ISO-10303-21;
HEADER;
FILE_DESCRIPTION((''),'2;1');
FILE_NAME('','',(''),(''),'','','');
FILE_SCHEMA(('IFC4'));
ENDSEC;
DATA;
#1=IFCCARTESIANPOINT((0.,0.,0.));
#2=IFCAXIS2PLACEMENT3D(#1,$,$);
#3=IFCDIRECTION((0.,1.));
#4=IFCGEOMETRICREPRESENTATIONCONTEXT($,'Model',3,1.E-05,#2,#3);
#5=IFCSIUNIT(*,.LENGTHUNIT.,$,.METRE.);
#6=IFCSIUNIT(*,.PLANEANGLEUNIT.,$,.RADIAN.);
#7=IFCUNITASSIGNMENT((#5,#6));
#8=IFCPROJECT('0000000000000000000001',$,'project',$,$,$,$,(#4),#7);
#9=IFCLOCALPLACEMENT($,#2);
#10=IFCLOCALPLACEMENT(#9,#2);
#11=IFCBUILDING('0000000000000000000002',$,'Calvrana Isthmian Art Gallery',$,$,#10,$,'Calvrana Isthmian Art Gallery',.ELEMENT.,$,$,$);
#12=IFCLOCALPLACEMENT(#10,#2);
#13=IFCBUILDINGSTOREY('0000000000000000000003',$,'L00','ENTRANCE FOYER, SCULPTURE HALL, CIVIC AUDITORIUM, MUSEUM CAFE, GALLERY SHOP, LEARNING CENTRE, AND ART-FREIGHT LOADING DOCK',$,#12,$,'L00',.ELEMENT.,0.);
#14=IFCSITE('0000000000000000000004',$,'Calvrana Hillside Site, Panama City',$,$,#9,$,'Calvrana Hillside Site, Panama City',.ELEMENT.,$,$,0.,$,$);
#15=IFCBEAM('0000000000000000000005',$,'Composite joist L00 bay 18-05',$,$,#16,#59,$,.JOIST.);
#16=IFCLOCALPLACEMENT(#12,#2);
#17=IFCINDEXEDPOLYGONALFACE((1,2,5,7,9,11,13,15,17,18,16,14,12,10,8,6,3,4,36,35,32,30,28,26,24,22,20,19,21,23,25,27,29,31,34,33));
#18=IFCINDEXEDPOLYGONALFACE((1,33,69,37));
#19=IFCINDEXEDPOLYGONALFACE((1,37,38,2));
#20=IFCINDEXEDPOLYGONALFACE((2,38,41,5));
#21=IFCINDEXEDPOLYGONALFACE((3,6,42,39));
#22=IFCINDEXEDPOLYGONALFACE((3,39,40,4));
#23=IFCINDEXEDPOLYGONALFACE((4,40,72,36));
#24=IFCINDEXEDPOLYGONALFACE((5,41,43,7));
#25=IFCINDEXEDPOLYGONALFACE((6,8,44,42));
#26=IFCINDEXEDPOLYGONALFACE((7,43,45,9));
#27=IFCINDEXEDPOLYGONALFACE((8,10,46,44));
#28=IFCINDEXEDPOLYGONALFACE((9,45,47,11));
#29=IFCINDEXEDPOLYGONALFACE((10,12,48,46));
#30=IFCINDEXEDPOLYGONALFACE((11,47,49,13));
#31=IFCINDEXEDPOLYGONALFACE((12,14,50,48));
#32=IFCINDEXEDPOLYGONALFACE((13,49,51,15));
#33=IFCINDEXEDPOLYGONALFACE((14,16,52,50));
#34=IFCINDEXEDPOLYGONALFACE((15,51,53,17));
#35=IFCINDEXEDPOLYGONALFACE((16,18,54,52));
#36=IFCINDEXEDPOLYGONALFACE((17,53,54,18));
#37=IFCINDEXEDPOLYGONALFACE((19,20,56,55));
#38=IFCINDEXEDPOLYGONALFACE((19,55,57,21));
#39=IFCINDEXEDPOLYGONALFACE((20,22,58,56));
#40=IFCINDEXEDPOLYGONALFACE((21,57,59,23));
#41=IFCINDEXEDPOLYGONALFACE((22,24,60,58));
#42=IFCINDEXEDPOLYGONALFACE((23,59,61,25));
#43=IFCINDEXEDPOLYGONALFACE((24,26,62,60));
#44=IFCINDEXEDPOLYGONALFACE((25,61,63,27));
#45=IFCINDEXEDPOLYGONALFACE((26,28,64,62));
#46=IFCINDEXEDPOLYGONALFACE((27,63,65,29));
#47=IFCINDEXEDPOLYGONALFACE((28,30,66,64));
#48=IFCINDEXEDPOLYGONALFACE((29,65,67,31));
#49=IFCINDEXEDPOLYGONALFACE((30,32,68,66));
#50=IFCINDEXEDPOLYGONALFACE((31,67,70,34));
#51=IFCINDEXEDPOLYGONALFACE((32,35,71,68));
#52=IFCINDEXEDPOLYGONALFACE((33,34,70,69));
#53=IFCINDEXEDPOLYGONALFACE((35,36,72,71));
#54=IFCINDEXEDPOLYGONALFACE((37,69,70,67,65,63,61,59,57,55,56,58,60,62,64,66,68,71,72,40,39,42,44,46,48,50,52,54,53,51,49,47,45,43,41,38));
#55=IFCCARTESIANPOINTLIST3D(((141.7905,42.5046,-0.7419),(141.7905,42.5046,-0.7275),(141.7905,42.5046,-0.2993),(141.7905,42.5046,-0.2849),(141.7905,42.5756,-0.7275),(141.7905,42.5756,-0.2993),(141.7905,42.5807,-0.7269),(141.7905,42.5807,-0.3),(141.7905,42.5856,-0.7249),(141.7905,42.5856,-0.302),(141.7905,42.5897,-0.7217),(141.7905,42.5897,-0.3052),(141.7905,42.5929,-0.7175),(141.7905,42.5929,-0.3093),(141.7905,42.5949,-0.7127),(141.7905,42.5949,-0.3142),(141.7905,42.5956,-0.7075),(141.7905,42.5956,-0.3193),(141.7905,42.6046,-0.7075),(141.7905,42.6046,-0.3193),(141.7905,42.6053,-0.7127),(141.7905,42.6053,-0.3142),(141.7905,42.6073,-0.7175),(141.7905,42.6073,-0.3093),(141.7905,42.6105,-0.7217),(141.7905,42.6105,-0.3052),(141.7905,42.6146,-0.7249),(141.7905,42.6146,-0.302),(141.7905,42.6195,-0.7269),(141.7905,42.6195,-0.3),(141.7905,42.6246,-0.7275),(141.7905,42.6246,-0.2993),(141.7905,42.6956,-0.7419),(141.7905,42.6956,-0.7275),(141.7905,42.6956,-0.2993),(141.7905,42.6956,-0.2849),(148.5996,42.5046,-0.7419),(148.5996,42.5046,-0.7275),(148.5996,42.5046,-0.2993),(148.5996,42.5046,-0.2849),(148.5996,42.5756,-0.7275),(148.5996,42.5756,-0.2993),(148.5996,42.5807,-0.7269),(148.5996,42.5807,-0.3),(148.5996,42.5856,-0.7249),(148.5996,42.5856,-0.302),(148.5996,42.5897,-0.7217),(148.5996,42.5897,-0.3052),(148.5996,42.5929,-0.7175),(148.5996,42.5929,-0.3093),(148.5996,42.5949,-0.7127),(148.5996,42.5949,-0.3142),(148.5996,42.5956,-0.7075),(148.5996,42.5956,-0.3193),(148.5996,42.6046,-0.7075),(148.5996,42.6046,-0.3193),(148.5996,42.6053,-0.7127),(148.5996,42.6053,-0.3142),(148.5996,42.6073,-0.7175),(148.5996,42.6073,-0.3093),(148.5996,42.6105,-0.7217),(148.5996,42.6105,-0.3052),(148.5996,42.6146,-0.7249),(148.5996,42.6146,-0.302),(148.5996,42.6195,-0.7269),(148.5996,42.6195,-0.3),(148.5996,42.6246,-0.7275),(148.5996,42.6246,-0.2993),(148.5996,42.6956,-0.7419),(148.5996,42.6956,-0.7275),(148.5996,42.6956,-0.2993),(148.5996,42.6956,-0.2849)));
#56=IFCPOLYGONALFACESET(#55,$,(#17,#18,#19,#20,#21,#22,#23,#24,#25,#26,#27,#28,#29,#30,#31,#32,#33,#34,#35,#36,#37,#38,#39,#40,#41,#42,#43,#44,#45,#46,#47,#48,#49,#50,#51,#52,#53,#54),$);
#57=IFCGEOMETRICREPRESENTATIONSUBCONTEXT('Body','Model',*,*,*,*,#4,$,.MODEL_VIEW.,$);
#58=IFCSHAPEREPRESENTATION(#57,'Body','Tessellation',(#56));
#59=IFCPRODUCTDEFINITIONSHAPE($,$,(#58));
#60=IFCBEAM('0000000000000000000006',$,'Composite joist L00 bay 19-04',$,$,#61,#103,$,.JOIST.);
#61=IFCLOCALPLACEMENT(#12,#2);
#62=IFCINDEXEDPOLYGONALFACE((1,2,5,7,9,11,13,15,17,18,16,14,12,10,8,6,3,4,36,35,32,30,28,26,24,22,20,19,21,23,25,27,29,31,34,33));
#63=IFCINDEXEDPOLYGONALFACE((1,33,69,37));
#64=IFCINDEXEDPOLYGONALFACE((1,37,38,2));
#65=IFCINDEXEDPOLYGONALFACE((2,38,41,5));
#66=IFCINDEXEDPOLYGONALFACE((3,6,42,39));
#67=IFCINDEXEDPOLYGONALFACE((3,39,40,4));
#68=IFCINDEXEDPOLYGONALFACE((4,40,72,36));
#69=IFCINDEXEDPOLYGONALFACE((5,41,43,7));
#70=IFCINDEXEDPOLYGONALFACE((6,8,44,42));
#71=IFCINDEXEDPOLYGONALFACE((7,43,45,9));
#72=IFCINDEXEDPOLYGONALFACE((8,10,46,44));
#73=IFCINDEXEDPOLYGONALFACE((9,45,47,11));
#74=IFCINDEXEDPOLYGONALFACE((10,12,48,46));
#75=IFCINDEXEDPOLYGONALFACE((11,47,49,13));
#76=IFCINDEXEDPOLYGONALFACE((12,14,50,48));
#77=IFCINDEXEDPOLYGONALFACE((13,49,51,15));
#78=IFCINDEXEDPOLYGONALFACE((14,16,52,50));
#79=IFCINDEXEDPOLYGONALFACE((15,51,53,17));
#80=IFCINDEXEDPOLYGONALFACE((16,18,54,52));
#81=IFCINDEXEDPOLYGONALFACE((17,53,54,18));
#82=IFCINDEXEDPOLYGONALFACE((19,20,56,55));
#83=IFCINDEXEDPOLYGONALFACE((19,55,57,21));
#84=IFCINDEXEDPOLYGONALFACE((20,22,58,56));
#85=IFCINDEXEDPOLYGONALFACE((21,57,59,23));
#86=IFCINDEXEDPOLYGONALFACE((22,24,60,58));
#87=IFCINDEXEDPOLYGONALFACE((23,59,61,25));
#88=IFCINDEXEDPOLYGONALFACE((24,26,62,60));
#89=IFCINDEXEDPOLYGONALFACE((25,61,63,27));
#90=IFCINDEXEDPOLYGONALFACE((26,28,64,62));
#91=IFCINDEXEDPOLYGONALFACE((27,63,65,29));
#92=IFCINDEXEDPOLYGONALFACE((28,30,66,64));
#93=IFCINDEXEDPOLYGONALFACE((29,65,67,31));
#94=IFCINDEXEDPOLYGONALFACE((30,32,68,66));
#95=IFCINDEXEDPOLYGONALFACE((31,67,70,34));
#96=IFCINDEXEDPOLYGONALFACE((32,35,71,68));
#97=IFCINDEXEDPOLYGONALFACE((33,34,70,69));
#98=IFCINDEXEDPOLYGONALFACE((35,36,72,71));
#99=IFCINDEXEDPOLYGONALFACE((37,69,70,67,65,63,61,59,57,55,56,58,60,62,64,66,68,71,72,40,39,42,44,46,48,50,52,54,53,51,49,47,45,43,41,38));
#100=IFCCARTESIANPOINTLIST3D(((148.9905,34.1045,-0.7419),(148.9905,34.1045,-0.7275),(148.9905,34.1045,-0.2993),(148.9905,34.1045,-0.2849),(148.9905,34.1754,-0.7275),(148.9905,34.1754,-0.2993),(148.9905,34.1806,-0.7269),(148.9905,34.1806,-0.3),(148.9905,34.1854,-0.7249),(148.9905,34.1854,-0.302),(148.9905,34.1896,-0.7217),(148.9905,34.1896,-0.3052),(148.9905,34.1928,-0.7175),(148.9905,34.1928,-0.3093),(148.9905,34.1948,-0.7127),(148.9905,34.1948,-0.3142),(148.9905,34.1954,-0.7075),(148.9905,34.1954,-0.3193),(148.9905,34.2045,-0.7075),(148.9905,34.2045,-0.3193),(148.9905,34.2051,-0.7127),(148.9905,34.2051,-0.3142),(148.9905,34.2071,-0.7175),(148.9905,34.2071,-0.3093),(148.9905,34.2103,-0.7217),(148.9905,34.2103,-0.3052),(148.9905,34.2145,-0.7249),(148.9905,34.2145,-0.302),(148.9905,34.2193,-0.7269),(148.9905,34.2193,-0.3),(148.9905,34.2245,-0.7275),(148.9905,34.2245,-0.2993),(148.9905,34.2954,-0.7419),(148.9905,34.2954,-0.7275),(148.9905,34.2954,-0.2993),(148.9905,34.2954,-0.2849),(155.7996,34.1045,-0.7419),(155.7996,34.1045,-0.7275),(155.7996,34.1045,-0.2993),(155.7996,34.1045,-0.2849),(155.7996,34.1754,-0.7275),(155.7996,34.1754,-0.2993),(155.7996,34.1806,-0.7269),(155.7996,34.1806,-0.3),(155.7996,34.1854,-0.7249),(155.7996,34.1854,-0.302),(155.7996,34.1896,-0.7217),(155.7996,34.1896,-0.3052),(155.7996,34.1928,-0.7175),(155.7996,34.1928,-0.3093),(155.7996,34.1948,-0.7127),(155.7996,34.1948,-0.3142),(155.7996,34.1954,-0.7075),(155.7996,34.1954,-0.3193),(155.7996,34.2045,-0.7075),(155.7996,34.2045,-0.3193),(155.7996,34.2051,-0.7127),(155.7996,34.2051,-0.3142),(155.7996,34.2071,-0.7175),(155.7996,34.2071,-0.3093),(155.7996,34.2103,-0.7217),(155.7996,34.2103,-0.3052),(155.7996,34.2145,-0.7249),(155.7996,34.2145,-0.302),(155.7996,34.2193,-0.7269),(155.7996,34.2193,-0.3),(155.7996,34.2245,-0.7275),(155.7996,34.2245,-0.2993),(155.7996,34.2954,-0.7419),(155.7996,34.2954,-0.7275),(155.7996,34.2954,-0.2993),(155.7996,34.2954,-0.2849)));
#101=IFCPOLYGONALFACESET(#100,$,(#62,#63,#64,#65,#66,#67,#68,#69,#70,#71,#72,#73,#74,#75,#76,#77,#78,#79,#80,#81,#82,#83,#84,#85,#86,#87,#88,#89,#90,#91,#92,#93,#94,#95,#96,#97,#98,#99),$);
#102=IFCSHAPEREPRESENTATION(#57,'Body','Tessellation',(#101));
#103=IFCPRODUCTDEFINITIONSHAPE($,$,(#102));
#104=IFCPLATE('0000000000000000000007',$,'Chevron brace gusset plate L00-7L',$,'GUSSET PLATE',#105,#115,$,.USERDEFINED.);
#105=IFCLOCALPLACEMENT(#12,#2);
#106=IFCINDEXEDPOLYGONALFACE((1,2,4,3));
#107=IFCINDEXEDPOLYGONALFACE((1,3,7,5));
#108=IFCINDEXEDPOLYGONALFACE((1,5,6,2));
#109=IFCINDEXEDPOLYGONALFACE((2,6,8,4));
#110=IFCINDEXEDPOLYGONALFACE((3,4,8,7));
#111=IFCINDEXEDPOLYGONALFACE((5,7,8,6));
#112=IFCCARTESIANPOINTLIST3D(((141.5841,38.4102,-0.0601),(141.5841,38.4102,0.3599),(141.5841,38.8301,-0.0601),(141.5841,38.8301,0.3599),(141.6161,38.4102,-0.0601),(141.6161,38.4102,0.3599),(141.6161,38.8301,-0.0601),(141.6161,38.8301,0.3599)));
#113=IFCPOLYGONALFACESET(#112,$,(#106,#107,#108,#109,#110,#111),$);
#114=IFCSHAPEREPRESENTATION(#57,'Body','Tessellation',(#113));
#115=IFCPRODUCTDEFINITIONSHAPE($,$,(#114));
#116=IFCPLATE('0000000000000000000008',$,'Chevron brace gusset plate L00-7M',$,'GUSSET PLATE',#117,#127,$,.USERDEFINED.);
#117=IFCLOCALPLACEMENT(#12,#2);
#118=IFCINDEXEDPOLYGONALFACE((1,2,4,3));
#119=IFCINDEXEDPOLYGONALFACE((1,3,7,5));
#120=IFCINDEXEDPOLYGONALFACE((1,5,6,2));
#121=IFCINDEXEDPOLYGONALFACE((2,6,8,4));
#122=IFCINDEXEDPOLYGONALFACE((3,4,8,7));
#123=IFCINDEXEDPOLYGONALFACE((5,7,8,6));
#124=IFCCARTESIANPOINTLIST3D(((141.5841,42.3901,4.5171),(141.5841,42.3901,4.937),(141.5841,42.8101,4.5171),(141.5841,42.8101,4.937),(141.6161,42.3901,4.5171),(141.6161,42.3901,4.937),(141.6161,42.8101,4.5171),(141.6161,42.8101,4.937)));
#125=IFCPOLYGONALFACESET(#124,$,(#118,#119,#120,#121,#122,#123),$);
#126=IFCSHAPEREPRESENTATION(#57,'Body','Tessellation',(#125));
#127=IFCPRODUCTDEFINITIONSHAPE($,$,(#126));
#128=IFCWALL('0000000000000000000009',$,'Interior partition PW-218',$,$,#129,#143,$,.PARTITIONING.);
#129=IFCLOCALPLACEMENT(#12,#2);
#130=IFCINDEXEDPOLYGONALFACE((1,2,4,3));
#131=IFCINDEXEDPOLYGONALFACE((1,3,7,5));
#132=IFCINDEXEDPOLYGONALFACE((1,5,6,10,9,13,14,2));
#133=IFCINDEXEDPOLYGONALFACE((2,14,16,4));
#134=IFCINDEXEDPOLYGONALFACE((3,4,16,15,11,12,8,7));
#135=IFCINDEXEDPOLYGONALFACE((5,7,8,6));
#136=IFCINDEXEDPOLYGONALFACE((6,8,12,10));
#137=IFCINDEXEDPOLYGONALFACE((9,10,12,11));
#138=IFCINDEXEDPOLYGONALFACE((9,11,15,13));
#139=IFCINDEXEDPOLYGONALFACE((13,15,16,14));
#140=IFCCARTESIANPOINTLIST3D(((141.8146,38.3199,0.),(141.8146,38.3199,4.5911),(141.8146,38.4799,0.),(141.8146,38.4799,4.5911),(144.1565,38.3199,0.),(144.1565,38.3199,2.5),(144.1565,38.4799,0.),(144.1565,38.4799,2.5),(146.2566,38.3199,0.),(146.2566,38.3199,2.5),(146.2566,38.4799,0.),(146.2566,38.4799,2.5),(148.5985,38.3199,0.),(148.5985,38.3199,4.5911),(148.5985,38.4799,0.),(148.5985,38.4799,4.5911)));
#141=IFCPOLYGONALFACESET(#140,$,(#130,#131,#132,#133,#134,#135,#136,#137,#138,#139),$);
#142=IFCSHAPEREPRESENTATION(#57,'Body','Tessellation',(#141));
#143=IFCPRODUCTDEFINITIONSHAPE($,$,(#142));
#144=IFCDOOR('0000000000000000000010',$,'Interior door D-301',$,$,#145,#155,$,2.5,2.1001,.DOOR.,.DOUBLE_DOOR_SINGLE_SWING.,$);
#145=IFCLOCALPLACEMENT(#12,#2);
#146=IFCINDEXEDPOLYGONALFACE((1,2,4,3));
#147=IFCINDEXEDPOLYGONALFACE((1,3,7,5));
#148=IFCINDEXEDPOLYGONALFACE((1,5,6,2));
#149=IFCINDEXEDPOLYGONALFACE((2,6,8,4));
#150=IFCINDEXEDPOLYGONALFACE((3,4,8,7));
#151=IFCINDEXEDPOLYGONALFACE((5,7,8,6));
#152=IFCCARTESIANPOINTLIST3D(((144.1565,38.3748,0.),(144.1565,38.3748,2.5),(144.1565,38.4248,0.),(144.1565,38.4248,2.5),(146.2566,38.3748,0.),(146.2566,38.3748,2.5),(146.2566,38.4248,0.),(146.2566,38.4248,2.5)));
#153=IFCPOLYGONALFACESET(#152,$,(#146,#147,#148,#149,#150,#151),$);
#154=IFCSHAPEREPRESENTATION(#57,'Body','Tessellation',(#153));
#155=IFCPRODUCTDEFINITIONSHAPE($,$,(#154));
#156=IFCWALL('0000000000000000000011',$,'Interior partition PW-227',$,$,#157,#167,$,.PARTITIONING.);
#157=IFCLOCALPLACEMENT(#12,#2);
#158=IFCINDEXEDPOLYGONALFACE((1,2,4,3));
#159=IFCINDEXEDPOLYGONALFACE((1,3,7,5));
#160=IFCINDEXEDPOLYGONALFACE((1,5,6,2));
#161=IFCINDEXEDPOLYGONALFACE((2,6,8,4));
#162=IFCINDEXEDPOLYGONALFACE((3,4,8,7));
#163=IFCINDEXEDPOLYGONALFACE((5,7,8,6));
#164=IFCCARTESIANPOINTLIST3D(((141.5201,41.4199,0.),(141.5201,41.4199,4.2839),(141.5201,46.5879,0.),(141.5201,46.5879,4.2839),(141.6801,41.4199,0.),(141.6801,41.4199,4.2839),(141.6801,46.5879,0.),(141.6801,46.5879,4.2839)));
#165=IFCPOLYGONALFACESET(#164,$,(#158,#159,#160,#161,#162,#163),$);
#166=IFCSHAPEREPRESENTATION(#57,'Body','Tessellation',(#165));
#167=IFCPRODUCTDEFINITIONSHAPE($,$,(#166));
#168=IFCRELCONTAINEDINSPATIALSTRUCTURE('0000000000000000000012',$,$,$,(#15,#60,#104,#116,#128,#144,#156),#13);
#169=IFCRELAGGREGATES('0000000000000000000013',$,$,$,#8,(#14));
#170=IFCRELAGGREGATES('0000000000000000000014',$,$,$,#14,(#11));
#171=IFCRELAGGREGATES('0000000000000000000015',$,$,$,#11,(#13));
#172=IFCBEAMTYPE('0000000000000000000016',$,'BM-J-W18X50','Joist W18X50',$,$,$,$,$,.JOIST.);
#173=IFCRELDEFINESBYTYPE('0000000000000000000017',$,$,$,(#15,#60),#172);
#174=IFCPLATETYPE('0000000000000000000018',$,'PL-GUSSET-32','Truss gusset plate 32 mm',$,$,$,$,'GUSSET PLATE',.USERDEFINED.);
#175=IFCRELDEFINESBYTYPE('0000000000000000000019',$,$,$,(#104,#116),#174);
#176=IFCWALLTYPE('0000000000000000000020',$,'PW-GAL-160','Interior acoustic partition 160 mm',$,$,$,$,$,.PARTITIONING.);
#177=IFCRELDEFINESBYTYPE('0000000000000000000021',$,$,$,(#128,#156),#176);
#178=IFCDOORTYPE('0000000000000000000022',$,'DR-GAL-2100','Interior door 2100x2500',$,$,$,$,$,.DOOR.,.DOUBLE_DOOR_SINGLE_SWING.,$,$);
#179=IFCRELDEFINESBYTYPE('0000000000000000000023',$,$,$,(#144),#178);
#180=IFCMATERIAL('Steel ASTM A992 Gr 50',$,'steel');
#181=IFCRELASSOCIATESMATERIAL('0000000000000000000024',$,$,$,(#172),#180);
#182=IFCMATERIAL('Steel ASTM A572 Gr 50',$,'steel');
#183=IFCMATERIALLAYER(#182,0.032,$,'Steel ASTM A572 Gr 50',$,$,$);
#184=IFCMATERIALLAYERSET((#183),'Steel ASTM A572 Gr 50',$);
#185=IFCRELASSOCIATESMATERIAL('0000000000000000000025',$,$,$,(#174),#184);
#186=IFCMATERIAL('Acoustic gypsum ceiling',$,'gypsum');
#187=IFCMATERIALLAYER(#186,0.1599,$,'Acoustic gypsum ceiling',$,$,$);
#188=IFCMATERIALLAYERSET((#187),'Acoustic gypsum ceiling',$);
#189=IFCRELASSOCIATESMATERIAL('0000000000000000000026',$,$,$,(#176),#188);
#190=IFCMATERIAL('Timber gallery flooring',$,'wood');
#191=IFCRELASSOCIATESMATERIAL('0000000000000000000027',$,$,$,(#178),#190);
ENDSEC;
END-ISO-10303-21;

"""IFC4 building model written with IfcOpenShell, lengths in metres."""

from ifc_helpers import new_model, si_unit, direction, frame, frame_2d, origin, origin_2d, place, context, subcontext, project, spatial, rectangle, i_section, extrude, material, layer, layer_set, material_profile, profile_set, type_object, element, fill, save


model = new_model("IFC4")

# Units and contexts
model_context = context("Model", 3, precision=1e-05, world=origin(), true_north=direction((0.0, 1.0)))
body_context = subcontext(model_context, "Body", "Model", "MODEL_VIEW")
ifc_project = project(units=[si_unit("LENGTHUNIT", "METRE"), si_unit("PLANEANGLEUNIT", "RADIAN")], contexts=[model_context])

# Site, building, storey
site_placement = place(None, origin())
site = spatial("IfcSite", under=ifc_project, at=site_placement, Name="Calvrana Hillside Site, Panama City", LongName="Calvrana Hillside Site, Panama City", CompositionType="ELEMENT", RefElevation=0.0)
building_placement = place(site_placement, origin())
building = spatial("IfcBuilding", under=site, at=building_placement, Name="Calvrana Isthmian Art Gallery", LongName="Calvrana Isthmian Art Gallery", CompositionType="ELEMENT")
storey_placement = place(building_placement, origin())
storey = spatial("IfcBuildingStorey", under=building, at=storey_placement, Name="L00", Description="ENTRANCE FOYER, SCULPTURE HALL, CIVIC AUDITORIUM, MUSEUM CAFE, GALLERY SHOP, LEARNING CENTRE, AND ART-FREIGHT LOADING DOCK", LongName="L00", CompositionType="ELEMENT", Elevation=0.0)

# Shared definitions
ifc_material_1 = material(Name="Steel ASTM A992 Gr 50", Category="steel")

# Beams
ifc_material_profile_1 = material_profile(ifc_material_1, i_section(OverallWidth=0.1909, OverallDepth=0.457, WebThickness=0.009, FlangeThickness=0.0144, FilletRadius=0.02, at=origin_2d()), Name="W18X50")
ifc_profile_set_1 = profile_set([ifc_material_profile_1], Name="Steel ASTM A992 Gr 50")
beam_type_1 = type_object("IfcBeamType", Name="BM-J-W18X50", Description="Joist W18X50", PredefinedType="JOIST", material=ifc_profile_set_1)
for number, where, z_axis, x_axis, name in (
    (1, (141.7905, 42.6001, -0.5134), (1.0, 0.0, 0.0), (0.0, 1.0, 0.0), "Composite joist L00 bay 18-05"),
    (2, (148.9905, 34.2, -0.5134), (1.0, 0.0, 0.0), (0.0, 1.0, 0.0), "Composite joist L00 bay 19-04"),
):
    element("IfcBeam", number, at=place(storey_placement, frame(where, z_axis=z_axis, x_axis=x_axis)), inside=storey, type_object=beam_type_1, Name=name, PredefinedType="JOIST", context=body_context, shape_type="SweptSolid", body=[
        extrude(i_section(OverallWidth=0.1909, OverallDepth=0.457, WebThickness=0.009, FlangeThickness=0.0144, FilletRadius=0.02, at=origin_2d()), origin(), (0.0, 0.0, 1.0), 6.8091),
    ])

# Plates
ifc_material_2 = material(Name="Steel ASTM A572 Gr 50", Category="steel")
ifc_layer_1 = layer(ifc_material_2, 0.032, Name="Steel ASTM A572 Gr 50")
ifc_layer_set_1 = layer_set([ifc_layer_1], Name="Steel ASTM A572 Gr 50")
plate_type = type_object("IfcPlateType", Name="PL-GUSSET-32", Description="Truss gusset plate 32 mm", ElementType="GUSSET PLATE", PredefinedType="USERDEFINED", material=ifc_layer_set_1)
for number, where, z_axis, x_axis, name in (
    (3, (141.6001, 38.6201, -0.0601), (0.0, 0.0, 1.0), (1.0, 0.0, 0.0), "Chevron brace gusset plate L00-7L"),
    (4, (141.6001, 42.6001, 4.5171), (0.0, 0.0, 1.0), (1.0, 0.0, 0.0), "Chevron brace gusset plate L00-7M"),
):
    element("IfcPlate", number, at=place(storey_placement, frame(where, z_axis=z_axis, x_axis=x_axis)), inside=storey, type_object=plate_type, Name=name, ObjectType="GUSSET PLATE", PredefinedType="USERDEFINED", context=body_context, shape_type="SweptSolid", body=[
        extrude(rectangle(XDim=0.032, YDim=0.4199, at=origin_2d()), origin(), (0.0, 0.0, 1.0), 0.4199),
    ])

# Wall, opening, door
ifc_material_3 = material(Name="Acoustic gypsum ceiling", Category="gypsum")
ifc_layer_2 = layer(ifc_material_3, 0.1599, Name="Acoustic gypsum ceiling")
ifc_layer_set_2 = layer_set([ifc_layer_2], Name="Acoustic gypsum ceiling")
wall_type = type_object("IfcWallType", Name="PW-GAL-160", Description="Interior acoustic partition 160 mm", PredefinedType="PARTITIONING", material=ifc_layer_set_2)
wall_1_placement = place(storey_placement, frame((141.8145, 38.3999, 0.0), z_axis=(0.0, 0.0, 1.0), x_axis=(1.0, 0.0, 0.0)))
wall_1 = element("IfcWall", 5, at=wall_1_placement, inside=storey, type_object=wall_type, Name="Interior partition PW-218", PredefinedType="PARTITIONING", context=body_context, shape_type="SweptSolid", body=[
    extrude(rectangle(XDim=6.7839, YDim=0.1599, at=frame_2d((3.3921, 0.0))), origin(), (0.0, 0.0, 1.0), 4.5911),
])
opening_1_placement = place(wall_1_placement, frame((2.342, 0.0, 0.0)))
opening_1 = element("IfcOpeningElement", 6, at=opening_1_placement, cuts=wall_1, PredefinedType="OPENING", context=body_context, shape_type="SweptSolid", body=[
    extrude(rectangle(XDim=2.1001, YDim=2.5, at=frame_2d((1.05, 1.25))), frame((0.0, 0.0903, 0.0), z_axis=(0.0, -1.0, 0.0), x_axis=(1.0, 0.0, 0.0)), (0.0, 0.0, 1.0), 0.1804),
])
ifc_material_4 = material(Name="Timber gallery flooring", Category="wood")
door_type_1 = type_object("IfcDoorType", Name="DR-GAL-2100", Description="Interior door 2100x2500", OperationType="DOUBLE_DOOR_SINGLE_SWING", PredefinedType="DOOR", material=ifc_material_4)
door_1_placement = place(opening_1_placement, origin())
door_1 = element("IfcDoor", 7, at=door_1_placement, inside=storey, type_object=door_type_1, Name="Interior door D-301", OperationType="DOUBLE_DOOR_SINGLE_SWING", OverallHeight=2.5, OverallWidth=2.1001, PredefinedType="DOOR", context=body_context, shape_type="SweptSolid", body=[
    extrude(rectangle(XDim=2.1001, YDim=2.5, at=frame_2d((1.05, 1.25))), frame((0.0, 0.0249, 0.0), z_axis=(0.0, -1.0, 0.0), x_axis=(1.0, 0.0, 0.0)), (0.0, 0.0, 1.0), 0.05),
])
fill(opening_1, door_1)

# Wall
wall_2_placement = place(storey_placement, frame((141.6001, 41.4199, 0.0), z_axis=(0.0, 0.0, 1.0), x_axis=(0.0, 1.0, 0.0)))
element("IfcWall", 8, at=wall_2_placement, inside=storey, type_object=wall_type, Name="Interior partition PW-227", PredefinedType="PARTITIONING", context=body_context, shape_type="SweptSolid", body=[
    extrude(rectangle(XDim=5.168, YDim=0.1599, at=frame_2d((2.584, 0.0))), origin(), (0.0, 0.0, 1.0), 4.2839),
])

save(model, "model.ifc")
